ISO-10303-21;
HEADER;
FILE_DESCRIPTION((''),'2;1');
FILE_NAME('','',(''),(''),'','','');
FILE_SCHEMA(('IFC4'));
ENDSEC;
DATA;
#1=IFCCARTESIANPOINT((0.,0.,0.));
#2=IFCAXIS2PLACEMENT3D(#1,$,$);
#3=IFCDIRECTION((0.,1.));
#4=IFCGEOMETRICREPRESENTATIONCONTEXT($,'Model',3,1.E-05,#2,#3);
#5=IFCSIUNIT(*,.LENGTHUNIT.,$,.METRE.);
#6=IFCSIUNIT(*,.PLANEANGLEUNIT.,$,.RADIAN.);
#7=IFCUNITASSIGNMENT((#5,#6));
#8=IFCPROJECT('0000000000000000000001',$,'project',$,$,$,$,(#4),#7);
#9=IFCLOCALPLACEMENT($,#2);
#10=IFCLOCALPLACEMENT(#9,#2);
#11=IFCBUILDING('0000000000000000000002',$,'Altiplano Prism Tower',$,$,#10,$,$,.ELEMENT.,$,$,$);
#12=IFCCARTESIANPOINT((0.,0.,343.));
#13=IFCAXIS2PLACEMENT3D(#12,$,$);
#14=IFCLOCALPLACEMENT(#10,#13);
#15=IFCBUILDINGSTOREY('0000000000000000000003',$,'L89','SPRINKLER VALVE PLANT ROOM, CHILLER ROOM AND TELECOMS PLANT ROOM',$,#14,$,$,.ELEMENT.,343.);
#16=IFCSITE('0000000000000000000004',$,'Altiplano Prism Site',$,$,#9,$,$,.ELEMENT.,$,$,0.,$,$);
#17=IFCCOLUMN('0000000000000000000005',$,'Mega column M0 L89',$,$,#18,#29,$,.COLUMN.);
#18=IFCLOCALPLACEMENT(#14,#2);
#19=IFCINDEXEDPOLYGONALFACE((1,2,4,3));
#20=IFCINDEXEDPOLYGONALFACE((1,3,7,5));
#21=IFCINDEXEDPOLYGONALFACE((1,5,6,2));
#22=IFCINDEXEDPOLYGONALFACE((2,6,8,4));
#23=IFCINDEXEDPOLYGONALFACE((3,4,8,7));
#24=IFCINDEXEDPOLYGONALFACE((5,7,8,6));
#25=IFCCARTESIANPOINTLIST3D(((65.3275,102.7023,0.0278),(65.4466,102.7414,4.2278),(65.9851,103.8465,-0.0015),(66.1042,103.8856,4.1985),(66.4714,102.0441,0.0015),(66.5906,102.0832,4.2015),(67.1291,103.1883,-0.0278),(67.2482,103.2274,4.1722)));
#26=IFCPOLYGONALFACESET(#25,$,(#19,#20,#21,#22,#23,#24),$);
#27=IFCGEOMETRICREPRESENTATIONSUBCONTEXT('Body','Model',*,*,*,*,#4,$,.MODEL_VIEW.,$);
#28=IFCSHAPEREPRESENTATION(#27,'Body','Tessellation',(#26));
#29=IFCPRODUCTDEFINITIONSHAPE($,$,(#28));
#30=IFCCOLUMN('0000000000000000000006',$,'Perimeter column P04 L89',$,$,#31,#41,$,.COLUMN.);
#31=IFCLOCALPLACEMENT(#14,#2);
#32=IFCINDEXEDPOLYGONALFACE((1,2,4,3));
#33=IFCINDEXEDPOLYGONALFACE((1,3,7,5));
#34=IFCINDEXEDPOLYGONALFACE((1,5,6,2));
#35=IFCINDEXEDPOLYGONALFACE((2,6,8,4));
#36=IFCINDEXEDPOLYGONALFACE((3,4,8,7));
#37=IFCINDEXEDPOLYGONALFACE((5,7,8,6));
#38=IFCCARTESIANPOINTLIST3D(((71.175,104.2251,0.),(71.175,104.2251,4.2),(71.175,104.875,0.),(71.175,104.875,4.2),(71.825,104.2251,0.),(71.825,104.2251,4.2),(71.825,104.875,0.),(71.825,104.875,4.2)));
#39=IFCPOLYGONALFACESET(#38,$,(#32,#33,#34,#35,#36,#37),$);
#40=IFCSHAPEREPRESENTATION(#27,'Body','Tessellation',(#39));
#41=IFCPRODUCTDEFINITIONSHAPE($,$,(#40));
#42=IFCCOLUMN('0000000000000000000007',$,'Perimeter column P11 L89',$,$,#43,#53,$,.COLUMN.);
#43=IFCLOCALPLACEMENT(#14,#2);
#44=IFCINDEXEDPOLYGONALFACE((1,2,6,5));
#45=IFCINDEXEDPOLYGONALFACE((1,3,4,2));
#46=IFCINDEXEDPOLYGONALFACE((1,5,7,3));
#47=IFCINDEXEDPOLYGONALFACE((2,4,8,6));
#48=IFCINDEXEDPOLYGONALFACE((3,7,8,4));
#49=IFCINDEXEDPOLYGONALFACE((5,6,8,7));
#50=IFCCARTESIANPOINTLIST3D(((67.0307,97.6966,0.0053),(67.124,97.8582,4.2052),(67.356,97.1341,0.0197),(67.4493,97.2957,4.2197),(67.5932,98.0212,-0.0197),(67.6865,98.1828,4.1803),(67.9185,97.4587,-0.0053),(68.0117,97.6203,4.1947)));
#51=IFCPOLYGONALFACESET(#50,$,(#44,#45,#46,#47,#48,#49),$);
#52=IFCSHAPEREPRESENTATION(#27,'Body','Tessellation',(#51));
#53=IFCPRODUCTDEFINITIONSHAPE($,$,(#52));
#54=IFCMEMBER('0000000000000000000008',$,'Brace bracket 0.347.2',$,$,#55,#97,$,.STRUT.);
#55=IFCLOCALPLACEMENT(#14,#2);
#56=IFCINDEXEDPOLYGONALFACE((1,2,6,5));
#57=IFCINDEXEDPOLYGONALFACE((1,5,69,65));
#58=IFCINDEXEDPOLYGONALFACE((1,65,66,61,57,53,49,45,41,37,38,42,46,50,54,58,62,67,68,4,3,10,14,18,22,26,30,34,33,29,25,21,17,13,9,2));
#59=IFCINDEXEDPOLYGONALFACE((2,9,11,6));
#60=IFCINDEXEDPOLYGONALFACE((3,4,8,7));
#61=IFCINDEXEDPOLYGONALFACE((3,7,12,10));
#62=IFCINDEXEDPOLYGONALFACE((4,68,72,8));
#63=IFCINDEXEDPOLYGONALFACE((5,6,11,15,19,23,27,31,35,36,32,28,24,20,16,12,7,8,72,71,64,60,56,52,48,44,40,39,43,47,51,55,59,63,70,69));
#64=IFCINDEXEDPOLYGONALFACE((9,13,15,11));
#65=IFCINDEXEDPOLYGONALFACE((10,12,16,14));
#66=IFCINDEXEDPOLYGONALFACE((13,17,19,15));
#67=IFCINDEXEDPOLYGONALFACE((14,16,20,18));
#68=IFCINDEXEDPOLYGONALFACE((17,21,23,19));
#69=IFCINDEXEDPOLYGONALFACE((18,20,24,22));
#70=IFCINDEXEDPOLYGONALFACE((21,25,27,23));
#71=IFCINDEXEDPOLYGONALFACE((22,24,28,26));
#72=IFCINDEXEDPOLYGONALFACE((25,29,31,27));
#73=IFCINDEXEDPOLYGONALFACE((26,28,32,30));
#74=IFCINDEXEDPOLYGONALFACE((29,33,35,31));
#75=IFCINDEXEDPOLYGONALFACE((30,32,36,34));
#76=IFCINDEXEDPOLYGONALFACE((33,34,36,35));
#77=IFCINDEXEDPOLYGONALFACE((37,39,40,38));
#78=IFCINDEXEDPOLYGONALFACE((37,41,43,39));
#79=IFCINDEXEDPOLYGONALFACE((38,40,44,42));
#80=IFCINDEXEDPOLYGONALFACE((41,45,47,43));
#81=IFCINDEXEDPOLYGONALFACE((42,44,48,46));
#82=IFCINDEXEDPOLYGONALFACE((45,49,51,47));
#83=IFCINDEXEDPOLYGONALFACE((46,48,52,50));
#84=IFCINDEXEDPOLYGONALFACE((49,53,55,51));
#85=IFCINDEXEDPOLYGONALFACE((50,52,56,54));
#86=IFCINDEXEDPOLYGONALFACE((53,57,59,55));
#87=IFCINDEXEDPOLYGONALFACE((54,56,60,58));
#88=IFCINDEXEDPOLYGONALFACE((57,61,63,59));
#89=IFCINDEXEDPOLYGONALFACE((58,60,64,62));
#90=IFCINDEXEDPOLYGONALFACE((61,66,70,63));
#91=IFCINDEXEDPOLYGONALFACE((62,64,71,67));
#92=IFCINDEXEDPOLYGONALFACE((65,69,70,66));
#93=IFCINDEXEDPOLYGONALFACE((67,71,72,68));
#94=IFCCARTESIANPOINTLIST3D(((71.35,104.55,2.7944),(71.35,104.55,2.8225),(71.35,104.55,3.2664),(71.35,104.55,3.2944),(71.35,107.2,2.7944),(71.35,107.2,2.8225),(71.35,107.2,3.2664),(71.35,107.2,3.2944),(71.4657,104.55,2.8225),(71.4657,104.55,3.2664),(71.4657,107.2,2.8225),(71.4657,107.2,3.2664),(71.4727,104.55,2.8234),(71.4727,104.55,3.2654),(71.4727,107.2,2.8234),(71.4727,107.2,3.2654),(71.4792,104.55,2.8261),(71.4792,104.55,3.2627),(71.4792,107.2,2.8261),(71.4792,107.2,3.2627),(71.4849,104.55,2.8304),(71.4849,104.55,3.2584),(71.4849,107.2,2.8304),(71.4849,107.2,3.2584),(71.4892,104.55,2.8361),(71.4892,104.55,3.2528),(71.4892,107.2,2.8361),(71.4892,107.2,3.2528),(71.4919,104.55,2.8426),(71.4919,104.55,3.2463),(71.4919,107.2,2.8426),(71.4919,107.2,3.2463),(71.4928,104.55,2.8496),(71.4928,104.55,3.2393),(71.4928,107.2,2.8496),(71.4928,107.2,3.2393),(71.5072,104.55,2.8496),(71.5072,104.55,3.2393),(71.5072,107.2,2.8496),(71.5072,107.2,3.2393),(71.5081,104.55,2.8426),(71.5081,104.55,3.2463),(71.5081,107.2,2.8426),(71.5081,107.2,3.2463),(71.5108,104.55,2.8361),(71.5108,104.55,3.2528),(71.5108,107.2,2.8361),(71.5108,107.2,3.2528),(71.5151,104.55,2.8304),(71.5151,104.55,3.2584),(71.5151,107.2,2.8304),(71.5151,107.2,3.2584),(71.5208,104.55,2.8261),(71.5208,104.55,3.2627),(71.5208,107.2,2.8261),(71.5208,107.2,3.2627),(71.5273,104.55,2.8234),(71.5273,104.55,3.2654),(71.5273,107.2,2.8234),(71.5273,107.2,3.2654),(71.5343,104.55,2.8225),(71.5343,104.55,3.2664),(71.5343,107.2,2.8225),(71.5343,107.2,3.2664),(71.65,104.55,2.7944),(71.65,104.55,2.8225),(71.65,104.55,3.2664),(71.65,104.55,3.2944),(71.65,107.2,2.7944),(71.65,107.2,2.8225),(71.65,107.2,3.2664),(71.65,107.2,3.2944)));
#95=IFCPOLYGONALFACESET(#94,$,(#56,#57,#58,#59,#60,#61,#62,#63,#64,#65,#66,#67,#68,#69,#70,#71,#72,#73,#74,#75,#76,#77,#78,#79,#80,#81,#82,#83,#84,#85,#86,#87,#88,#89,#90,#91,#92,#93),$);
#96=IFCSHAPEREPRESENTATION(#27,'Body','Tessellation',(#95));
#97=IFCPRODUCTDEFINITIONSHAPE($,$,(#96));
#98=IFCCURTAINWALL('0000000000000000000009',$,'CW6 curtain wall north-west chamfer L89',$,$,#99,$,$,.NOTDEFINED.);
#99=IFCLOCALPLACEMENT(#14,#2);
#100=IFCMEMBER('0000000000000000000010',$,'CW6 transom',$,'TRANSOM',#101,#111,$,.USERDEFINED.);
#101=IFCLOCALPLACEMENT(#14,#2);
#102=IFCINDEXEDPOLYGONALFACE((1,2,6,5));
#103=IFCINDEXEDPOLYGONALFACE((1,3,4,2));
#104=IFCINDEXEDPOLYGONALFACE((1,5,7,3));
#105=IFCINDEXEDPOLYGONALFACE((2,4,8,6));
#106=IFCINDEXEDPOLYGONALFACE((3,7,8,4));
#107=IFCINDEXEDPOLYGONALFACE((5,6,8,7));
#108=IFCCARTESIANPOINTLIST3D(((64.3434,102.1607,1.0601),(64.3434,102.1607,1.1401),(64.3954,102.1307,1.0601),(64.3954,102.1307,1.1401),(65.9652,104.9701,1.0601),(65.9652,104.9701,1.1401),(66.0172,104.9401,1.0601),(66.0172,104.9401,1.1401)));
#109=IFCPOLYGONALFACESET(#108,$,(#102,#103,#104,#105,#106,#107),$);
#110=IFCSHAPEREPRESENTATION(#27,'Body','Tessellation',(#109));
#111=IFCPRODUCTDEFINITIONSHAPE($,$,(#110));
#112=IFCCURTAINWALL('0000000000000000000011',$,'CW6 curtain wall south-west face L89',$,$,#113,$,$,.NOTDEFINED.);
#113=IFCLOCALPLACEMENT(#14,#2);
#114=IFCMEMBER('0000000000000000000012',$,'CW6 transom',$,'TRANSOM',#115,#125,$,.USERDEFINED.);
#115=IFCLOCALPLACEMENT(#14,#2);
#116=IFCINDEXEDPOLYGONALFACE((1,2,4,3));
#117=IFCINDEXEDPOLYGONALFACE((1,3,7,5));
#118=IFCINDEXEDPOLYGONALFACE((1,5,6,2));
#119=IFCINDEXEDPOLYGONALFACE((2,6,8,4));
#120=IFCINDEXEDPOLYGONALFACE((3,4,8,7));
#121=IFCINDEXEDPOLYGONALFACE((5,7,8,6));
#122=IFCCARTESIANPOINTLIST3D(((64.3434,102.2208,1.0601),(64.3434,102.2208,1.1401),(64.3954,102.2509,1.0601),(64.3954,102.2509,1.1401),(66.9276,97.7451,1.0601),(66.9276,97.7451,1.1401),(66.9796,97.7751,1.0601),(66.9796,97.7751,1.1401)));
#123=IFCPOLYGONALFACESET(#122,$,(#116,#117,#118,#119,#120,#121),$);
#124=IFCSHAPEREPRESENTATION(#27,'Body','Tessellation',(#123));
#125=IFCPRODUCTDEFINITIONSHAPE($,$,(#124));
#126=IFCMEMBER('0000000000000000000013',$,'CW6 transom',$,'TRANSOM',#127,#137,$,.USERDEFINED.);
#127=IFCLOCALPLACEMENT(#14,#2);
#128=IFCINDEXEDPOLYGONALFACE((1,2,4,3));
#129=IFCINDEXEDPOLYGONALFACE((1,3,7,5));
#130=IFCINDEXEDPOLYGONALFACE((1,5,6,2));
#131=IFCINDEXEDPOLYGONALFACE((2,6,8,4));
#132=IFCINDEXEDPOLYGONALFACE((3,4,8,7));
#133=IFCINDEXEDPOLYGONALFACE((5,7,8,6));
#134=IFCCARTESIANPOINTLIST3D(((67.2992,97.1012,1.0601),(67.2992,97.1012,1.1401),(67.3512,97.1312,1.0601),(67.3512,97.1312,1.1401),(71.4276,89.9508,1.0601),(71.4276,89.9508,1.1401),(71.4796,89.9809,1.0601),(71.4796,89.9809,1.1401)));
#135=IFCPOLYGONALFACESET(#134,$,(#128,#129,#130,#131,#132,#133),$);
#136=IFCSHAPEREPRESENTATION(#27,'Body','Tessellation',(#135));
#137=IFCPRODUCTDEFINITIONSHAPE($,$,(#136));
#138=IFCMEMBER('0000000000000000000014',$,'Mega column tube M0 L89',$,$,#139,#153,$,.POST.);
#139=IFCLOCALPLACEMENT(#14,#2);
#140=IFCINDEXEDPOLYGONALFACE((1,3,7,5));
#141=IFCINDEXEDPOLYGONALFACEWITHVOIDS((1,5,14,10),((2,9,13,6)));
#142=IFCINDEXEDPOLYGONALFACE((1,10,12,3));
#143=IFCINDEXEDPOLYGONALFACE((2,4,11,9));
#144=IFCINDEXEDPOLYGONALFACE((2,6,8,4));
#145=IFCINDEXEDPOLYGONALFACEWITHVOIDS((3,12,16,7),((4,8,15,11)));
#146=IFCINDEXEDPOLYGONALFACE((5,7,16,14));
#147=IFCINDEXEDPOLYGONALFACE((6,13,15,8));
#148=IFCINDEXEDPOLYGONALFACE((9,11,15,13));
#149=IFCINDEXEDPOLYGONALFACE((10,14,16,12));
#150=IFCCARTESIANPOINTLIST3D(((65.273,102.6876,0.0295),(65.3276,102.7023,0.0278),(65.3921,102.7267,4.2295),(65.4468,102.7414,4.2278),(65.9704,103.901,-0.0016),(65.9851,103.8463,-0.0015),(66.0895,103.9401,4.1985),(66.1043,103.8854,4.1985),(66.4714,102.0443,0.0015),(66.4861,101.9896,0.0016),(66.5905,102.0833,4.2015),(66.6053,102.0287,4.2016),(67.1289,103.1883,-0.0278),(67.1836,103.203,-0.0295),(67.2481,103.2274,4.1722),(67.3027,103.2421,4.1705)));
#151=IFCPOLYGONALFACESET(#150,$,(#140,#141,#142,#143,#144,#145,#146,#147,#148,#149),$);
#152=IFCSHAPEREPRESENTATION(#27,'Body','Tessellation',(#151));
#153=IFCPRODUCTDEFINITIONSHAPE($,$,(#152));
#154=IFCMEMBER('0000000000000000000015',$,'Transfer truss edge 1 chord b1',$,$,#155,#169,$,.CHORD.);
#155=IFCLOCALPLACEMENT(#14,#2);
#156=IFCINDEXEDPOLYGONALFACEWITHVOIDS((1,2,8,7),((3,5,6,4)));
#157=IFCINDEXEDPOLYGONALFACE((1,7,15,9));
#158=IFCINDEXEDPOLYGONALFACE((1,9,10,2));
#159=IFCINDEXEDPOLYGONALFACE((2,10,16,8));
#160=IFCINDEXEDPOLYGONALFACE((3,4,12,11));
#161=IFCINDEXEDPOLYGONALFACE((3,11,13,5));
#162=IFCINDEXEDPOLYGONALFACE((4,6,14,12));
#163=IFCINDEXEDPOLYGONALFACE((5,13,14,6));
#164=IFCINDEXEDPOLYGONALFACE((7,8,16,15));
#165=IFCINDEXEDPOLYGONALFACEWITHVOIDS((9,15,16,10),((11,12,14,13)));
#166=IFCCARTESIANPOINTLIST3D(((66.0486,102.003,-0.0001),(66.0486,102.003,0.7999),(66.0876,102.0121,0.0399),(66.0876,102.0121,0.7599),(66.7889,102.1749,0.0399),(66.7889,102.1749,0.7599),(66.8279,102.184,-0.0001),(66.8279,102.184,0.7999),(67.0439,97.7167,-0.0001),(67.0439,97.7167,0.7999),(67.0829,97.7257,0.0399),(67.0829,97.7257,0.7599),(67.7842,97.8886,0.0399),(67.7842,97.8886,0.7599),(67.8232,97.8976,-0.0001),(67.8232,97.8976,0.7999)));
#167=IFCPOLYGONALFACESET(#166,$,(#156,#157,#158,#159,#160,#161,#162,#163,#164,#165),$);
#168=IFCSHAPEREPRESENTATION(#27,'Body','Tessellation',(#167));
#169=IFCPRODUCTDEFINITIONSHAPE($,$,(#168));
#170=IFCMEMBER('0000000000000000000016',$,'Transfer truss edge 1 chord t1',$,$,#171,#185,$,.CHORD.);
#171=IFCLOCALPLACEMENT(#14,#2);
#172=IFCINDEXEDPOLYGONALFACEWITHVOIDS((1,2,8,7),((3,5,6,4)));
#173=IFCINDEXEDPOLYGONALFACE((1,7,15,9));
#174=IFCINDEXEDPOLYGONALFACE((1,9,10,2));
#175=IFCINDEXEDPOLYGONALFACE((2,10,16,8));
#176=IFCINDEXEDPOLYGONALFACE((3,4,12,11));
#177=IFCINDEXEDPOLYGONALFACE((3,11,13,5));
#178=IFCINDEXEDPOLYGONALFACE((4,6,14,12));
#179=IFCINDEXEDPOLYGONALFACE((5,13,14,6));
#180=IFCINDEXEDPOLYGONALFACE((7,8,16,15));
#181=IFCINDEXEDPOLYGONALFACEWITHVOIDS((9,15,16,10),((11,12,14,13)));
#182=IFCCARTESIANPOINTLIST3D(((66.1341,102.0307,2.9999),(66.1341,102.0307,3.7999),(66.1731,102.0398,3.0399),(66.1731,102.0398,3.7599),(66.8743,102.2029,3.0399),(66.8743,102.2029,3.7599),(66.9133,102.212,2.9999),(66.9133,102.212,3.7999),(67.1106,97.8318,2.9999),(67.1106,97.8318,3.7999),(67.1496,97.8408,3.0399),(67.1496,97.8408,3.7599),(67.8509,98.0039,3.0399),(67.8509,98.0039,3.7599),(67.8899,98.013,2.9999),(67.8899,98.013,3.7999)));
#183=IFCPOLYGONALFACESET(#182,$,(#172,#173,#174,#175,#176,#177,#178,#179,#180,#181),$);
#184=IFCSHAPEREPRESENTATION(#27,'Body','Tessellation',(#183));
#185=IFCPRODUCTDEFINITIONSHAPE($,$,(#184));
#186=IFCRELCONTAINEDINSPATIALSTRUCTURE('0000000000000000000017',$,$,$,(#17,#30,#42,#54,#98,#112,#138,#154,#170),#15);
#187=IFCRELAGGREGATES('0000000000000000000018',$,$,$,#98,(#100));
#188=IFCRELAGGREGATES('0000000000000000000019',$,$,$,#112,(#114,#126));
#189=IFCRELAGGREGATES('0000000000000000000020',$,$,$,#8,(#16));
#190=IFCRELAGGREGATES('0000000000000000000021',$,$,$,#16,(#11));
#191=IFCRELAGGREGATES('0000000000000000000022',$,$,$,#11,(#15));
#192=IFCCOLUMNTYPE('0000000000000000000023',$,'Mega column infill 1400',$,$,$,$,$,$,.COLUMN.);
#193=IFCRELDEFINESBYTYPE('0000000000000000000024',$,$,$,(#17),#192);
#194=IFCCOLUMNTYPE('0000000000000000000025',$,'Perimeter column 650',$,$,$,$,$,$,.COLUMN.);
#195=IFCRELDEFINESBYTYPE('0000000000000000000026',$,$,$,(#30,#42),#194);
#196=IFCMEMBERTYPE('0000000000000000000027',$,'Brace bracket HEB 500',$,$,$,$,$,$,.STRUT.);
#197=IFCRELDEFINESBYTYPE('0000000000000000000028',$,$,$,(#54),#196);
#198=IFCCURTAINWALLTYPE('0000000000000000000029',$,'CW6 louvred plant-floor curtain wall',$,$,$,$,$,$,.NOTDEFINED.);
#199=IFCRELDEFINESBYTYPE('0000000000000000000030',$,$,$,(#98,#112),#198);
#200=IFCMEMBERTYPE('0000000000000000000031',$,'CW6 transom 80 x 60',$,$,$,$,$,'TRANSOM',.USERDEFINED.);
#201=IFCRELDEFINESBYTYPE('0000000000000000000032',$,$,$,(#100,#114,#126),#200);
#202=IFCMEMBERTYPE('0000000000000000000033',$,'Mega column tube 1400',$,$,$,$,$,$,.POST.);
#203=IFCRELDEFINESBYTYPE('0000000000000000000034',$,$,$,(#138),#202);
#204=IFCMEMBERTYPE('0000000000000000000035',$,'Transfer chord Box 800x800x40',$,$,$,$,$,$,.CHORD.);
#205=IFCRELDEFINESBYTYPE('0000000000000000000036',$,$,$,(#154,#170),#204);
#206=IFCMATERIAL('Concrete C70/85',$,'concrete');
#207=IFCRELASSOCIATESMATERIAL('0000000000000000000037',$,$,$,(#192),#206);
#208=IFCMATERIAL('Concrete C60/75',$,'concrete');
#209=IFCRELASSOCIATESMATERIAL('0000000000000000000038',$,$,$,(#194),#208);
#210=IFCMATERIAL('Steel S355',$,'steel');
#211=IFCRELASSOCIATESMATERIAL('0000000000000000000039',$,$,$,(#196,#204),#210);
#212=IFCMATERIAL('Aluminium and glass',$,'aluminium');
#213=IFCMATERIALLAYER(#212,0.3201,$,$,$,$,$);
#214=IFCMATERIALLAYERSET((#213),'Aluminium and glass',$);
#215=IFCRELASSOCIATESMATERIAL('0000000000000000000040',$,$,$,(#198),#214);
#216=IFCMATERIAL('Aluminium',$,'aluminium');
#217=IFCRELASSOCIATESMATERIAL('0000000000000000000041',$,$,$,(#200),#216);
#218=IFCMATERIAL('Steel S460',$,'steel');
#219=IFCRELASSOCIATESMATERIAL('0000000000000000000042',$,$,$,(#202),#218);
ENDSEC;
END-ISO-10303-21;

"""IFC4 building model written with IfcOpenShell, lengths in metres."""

from ifc_helpers import new_model, si_unit, direction, frame, origin, origin_2d, place, context, subcontext, project, spatial, rectangle, hollow_rectangle, i_section, extrude, material, layer, layer_set, material_profile, profile_set, type_object, element, aggregate, save


model = new_model("IFC4")

# Units and contexts
model_context = context("Model", 3, precision=1e-05, world=origin(), true_north=direction((0.0, 1.0)))
body_context = subcontext(model_context, "Body", "Model", "MODEL_VIEW")
ifc_project = project(units=[si_unit("LENGTHUNIT", "METRE"), si_unit("PLANEANGLEUNIT", "RADIAN")], contexts=[model_context])

# Site, building, storey
site_placement = place(None, origin())
site = spatial("IfcSite", under=ifc_project, at=site_placement, Name="Altiplano Prism Site", CompositionType="ELEMENT", RefElevation=0.0)
building_placement = place(site_placement, origin())
building = spatial("IfcBuilding", under=site, at=building_placement, Name="Altiplano Prism Tower", CompositionType="ELEMENT")
storey_placement = place(building_placement, frame((0.0, 0.0, 343.0)))
storey = spatial("IfcBuildingStorey", under=building, at=storey_placement, Name="L89", Description="SPRINKLER VALVE PLANT ROOM, CHILLER ROOM AND TELECOMS PLANT ROOM", CompositionType="ELEMENT", Elevation=343.0)

# Columns
ifc_material_1 = material(Name="Concrete C70/85", Category="concrete")
ifc_material_profile_1 = material_profile(ifc_material_1, rectangle(XDim=1.3201, YDim=1.3201, at=origin_2d()), Name="Mega column infill 1400")
ifc_profile_set_1 = profile_set([ifc_material_profile_1], Name="Concrete C70/85")
column_type_1 = type_object("IfcColumnType", Name="Mega column infill 1400", PredefinedType="COLUMN", material=ifc_profile_set_1)
column_1_placement = place(storey_placement, frame((66.2283, 102.9453, 0.0), z_axis=(0.028355, 0.009297, 0.999555), x_axis=(-0.866606, 0.498594, 0.019946)))
element("IfcColumn", 1, at=column_1_placement, inside=storey, type_object=column_type_1, Name="Mega column M0 L89", PredefinedType="COLUMN", context=body_context, shape_type="SweptSolid", body=[
    extrude(rectangle(XDim=1.3201, YDim=1.3201, at=origin_2d()), origin(), (0.0, 0.0, 1.0), 4.2019),
])
ifc_material_2 = material(Name="Concrete C60/75", Category="concrete")
ifc_material_profile_2 = material_profile(ifc_material_2, rectangle(XDim=0.6499, YDim=0.6499, at=origin_2d()), Name="Perimeter column 650")
ifc_profile_set_2 = profile_set([ifc_material_profile_2], Name="Concrete C60/75")
column_type_2 = type_object("IfcColumnType", Name="Perimeter column 650", PredefinedType="COLUMN", material=ifc_profile_set_2)
column_2_placement = place(storey_placement, frame((71.5, 104.55, 0.0), z_axis=(0.0, 0.0, 1.0), x_axis=(1.0, 0.0, 0.0)))
element("IfcColumn", 2, at=column_2_placement, inside=storey, type_object=column_type_2, Name="Perimeter column P04 L89", PredefinedType="COLUMN", context=body_context, shape_type="SweptSolid", body=[
    extrude(rectangle(XDim=0.6499, YDim=0.6499, at=origin_2d()), origin(), (0.0, 0.0, 1.0), 4.2),
])
column_3_placement = place(storey_placement, frame((67.4746, 97.5776, 0.0), z_axis=(0.022184, 0.038444, 0.999014), x_axis=(-0.865484, -0.49946, 0.038438)))
element("IfcColumn", 3, at=column_3_placement, inside=storey, type_object=column_type_2, Name="Perimeter column P11 L89", PredefinedType="COLUMN", context=body_context, shape_type="SweptSolid", body=[
    extrude(rectangle(XDim=0.6499, YDim=0.6499, at=origin_2d()), origin(), (0.0, 0.0, 1.0), 4.2041),
])

# Member
ifc_material_3 = material(Name="Steel S355", Category="steel")
ifc_material_profile_3 = material_profile(ifc_material_3, i_section(OverallWidth=0.3, OverallDepth=0.5, WebThickness=0.0144, FlangeThickness=0.0281, FilletRadius=0.0271, at=origin_2d()), Name="Brace bracket HEB 500")
ifc_profile_set_3 = profile_set([ifc_material_profile_3], Name="Steel S355")
member_type_1 = type_object("IfcMemberType", Name="Brace bracket HEB 500", PredefinedType="STRUT", material=ifc_profile_set_3)
member_1_placement = place(storey_placement, frame((71.5, 104.55, 3.0444), z_axis=(0.0, 1.0, 0.0), x_axis=(-1.0, 0.0, 0.0)))
element("IfcMember", 4, at=member_1_placement, inside=storey, type_object=member_type_1, Name="Brace bracket 0.347.2", PredefinedType="STRUT", context=body_context, shape_type="SweptSolid", body=[
    extrude(i_section(OverallWidth=0.3, OverallDepth=0.5, WebThickness=0.0144, FlangeThickness=0.0281, FilletRadius=0.0271, at=origin_2d()), origin(), (0.0, 0.0, 1.0), 2.6499),
])

# Curtain wall, member
ifc_material_4 = material(Name="Aluminium and glass", Category="aluminium")
ifc_layer_1 = layer(ifc_material_4, 0.3201)
ifc_layer_set_1 = layer_set([ifc_layer_1], Name="Aluminium and glass")
curtain_wall_type = type_object("IfcCurtainWallType", Name="CW6 louvred plant-floor curtain wall", PredefinedType="NOTDEFINED", material=ifc_layer_set_1)
curtain_wall_1_placement = place(storey_placement, origin())
curtain_wall_1 = element("IfcCurtainWall", 5, at=curtain_wall_1_placement, inside=storey, type_object=curtain_wall_type, Name="CW6 curtain wall north-west chamfer L89", PredefinedType="NOTDEFINED")
ifc_material_5 = material(Name="Aluminium", Category="aluminium")
ifc_material_profile_4 = material_profile(ifc_material_5, rectangle(XDim=0.0601, YDim=0.0801, at=origin_2d()), Name="CW6 transom 80 x 60")
ifc_profile_set_4 = profile_set([ifc_material_profile_4], Name="Aluminium")
member_type_2 = type_object("IfcMemberType", Name="CW6 transom 80 x 60", ElementType="TRANSOM", PredefinedType="USERDEFINED", material=ifc_profile_set_4)
member_2_placement = place(storey_placement, frame((65.9912, 104.9551, 1.1001), z_axis=(-0.499968, -0.866044, 0.0), x_axis=(0.866044, -0.499968, 0.0)))
member_2 = element("IfcMember", 6, at=member_2_placement, type_object=member_type_2, Name="CW6 transom", ObjectType="TRANSOM", PredefinedType="USERDEFINED", context=body_context, shape_type="SweptSolid", body=[
    extrude(rectangle(XDim=0.0601, YDim=0.0801, at=origin_2d()), origin(), (0.0, 0.0, 1.0), 3.2439),
])

# Curtain wall, members
curtain_wall_2_placement = place(storey_placement, origin())
curtain_wall_2 = element("IfcCurtainWall", 7, at=curtain_wall_2_placement, inside=storey, type_object=curtain_wall_type, Name="CW6 curtain wall south-west face L89", PredefinedType="NOTDEFINED")
member_3_placement = place(storey_placement, frame((64.3694, 102.2358, 1.1001), z_axis=(0.500016, -0.866016, 0.0), x_axis=(0.866016, 0.500016, 0.0)))
member_3 = element("IfcMember", 8, at=member_3_placement, type_object=member_type_2, Name="CW6 transom", ObjectType="TRANSOM", PredefinedType="USERDEFINED", context=body_context, shape_type="SweptSolid", body=[
    extrude(rectangle(XDim=0.0601, YDim=0.0801, at=origin_2d()), origin(), (0.0, 0.0, 1.0), 5.1682),
])
member_4_placement = place(storey_placement, frame((67.3252, 97.1162, 1.1001), z_axis=(0.500013, -0.866018, 0.0), x_axis=(0.866018, 0.500013, 0.0)))
member_4 = element("IfcMember", 9, at=member_4_placement, type_object=member_type_2, Name="CW6 transom", ObjectType="TRANSOM", PredefinedType="USERDEFINED", context=body_context, shape_type="SweptSolid", body=[
    extrude(rectangle(XDim=0.0601, YDim=0.0801, at=origin_2d()), origin(), (0.0, 0.0, 1.0), 8.2566),
])

# Members
ifc_material_6 = material(Name="Steel S460", Category="steel")
ifc_material_profile_5 = material_profile(ifc_material_6, hollow_rectangle(XDim=1.3999, YDim=1.3999, WallThickness=0.04, at=origin_2d()), Name="Mega column tube 1400")
ifc_profile_set_5 = profile_set([ifc_material_profile_5], Name="Steel S460")
member_type_3 = type_object("IfcMemberType", Name="Mega column tube 1400", PredefinedType="POST", material=ifc_profile_set_5)
member_5_placement = place(storey_placement, frame((66.2283, 102.9453, 0.0), z_axis=(0.028355, 0.009297, 0.999555), x_axis=(-0.866606, 0.498594, 0.019946)))
element("IfcMember", 10, at=member_5_placement, inside=storey, type_object=member_type_3, Name="Mega column tube M0 L89", PredefinedType="POST", context=body_context, shape_type="SweptSolid", body=[
    extrude(hollow_rectangle(XDim=1.3999, YDim=1.3999, WallThickness=0.04, at=origin_2d()), origin(), (0.0, 0.0, 1.0), 4.2019),
])
ifc_material_profile_6 = material_profile(ifc_material_3, hollow_rectangle(XDim=0.8, YDim=0.8, WallThickness=0.04, at=origin_2d()), Name="Transfer chord Box 800x800x40")
ifc_profile_set_6 = profile_set([ifc_material_profile_6], Name="Steel S355")
member_type_4 = type_object("IfcMemberType", Name="Transfer chord Box 800x800x40", PredefinedType="CHORD", material=ifc_profile_set_6)
member_6_placement = place(storey_placement, frame((66.4382, 102.0935, 0.3999), z_axis=(0.226196, -0.974082, 0.0), x_axis=(0.974082, 0.226196, 0.0)))
element("IfcMember", 11, at=member_6_placement, inside=storey, type_object=member_type_4, Name="Transfer truss edge 1 chord b1", PredefinedType="CHORD", context=body_context, shape_type="SweptSolid", body=[
    extrude(hollow_rectangle(XDim=0.8, YDim=0.8, WallThickness=0.04, at=origin_2d()), origin(), (0.0, 0.0, 1.0), 4.4004),
])
member_7_placement = place(storey_placement, frame((66.5237, 102.1213, 3.3999), z_axis=(0.226526, -0.974005, 0.0), x_axis=(0.974005, 0.226526, 0.0)))
element("IfcMember", 12, at=member_7_placement, inside=storey, type_object=member_type_4, Name="Transfer truss edge 1 chord t1", PredefinedType="CHORD", context=body_context, shape_type="SweptSolid", body=[
    extrude(hollow_rectangle(XDim=0.8, YDim=0.8, WallThickness=0.04, at=origin_2d()), origin(), (0.0, 0.0, 1.0), 4.311),
])

aggregate(curtain_wall_1, [member_2])
aggregate(curtain_wall_2, [member_3, member_4])

save(model, "model.ifc")
